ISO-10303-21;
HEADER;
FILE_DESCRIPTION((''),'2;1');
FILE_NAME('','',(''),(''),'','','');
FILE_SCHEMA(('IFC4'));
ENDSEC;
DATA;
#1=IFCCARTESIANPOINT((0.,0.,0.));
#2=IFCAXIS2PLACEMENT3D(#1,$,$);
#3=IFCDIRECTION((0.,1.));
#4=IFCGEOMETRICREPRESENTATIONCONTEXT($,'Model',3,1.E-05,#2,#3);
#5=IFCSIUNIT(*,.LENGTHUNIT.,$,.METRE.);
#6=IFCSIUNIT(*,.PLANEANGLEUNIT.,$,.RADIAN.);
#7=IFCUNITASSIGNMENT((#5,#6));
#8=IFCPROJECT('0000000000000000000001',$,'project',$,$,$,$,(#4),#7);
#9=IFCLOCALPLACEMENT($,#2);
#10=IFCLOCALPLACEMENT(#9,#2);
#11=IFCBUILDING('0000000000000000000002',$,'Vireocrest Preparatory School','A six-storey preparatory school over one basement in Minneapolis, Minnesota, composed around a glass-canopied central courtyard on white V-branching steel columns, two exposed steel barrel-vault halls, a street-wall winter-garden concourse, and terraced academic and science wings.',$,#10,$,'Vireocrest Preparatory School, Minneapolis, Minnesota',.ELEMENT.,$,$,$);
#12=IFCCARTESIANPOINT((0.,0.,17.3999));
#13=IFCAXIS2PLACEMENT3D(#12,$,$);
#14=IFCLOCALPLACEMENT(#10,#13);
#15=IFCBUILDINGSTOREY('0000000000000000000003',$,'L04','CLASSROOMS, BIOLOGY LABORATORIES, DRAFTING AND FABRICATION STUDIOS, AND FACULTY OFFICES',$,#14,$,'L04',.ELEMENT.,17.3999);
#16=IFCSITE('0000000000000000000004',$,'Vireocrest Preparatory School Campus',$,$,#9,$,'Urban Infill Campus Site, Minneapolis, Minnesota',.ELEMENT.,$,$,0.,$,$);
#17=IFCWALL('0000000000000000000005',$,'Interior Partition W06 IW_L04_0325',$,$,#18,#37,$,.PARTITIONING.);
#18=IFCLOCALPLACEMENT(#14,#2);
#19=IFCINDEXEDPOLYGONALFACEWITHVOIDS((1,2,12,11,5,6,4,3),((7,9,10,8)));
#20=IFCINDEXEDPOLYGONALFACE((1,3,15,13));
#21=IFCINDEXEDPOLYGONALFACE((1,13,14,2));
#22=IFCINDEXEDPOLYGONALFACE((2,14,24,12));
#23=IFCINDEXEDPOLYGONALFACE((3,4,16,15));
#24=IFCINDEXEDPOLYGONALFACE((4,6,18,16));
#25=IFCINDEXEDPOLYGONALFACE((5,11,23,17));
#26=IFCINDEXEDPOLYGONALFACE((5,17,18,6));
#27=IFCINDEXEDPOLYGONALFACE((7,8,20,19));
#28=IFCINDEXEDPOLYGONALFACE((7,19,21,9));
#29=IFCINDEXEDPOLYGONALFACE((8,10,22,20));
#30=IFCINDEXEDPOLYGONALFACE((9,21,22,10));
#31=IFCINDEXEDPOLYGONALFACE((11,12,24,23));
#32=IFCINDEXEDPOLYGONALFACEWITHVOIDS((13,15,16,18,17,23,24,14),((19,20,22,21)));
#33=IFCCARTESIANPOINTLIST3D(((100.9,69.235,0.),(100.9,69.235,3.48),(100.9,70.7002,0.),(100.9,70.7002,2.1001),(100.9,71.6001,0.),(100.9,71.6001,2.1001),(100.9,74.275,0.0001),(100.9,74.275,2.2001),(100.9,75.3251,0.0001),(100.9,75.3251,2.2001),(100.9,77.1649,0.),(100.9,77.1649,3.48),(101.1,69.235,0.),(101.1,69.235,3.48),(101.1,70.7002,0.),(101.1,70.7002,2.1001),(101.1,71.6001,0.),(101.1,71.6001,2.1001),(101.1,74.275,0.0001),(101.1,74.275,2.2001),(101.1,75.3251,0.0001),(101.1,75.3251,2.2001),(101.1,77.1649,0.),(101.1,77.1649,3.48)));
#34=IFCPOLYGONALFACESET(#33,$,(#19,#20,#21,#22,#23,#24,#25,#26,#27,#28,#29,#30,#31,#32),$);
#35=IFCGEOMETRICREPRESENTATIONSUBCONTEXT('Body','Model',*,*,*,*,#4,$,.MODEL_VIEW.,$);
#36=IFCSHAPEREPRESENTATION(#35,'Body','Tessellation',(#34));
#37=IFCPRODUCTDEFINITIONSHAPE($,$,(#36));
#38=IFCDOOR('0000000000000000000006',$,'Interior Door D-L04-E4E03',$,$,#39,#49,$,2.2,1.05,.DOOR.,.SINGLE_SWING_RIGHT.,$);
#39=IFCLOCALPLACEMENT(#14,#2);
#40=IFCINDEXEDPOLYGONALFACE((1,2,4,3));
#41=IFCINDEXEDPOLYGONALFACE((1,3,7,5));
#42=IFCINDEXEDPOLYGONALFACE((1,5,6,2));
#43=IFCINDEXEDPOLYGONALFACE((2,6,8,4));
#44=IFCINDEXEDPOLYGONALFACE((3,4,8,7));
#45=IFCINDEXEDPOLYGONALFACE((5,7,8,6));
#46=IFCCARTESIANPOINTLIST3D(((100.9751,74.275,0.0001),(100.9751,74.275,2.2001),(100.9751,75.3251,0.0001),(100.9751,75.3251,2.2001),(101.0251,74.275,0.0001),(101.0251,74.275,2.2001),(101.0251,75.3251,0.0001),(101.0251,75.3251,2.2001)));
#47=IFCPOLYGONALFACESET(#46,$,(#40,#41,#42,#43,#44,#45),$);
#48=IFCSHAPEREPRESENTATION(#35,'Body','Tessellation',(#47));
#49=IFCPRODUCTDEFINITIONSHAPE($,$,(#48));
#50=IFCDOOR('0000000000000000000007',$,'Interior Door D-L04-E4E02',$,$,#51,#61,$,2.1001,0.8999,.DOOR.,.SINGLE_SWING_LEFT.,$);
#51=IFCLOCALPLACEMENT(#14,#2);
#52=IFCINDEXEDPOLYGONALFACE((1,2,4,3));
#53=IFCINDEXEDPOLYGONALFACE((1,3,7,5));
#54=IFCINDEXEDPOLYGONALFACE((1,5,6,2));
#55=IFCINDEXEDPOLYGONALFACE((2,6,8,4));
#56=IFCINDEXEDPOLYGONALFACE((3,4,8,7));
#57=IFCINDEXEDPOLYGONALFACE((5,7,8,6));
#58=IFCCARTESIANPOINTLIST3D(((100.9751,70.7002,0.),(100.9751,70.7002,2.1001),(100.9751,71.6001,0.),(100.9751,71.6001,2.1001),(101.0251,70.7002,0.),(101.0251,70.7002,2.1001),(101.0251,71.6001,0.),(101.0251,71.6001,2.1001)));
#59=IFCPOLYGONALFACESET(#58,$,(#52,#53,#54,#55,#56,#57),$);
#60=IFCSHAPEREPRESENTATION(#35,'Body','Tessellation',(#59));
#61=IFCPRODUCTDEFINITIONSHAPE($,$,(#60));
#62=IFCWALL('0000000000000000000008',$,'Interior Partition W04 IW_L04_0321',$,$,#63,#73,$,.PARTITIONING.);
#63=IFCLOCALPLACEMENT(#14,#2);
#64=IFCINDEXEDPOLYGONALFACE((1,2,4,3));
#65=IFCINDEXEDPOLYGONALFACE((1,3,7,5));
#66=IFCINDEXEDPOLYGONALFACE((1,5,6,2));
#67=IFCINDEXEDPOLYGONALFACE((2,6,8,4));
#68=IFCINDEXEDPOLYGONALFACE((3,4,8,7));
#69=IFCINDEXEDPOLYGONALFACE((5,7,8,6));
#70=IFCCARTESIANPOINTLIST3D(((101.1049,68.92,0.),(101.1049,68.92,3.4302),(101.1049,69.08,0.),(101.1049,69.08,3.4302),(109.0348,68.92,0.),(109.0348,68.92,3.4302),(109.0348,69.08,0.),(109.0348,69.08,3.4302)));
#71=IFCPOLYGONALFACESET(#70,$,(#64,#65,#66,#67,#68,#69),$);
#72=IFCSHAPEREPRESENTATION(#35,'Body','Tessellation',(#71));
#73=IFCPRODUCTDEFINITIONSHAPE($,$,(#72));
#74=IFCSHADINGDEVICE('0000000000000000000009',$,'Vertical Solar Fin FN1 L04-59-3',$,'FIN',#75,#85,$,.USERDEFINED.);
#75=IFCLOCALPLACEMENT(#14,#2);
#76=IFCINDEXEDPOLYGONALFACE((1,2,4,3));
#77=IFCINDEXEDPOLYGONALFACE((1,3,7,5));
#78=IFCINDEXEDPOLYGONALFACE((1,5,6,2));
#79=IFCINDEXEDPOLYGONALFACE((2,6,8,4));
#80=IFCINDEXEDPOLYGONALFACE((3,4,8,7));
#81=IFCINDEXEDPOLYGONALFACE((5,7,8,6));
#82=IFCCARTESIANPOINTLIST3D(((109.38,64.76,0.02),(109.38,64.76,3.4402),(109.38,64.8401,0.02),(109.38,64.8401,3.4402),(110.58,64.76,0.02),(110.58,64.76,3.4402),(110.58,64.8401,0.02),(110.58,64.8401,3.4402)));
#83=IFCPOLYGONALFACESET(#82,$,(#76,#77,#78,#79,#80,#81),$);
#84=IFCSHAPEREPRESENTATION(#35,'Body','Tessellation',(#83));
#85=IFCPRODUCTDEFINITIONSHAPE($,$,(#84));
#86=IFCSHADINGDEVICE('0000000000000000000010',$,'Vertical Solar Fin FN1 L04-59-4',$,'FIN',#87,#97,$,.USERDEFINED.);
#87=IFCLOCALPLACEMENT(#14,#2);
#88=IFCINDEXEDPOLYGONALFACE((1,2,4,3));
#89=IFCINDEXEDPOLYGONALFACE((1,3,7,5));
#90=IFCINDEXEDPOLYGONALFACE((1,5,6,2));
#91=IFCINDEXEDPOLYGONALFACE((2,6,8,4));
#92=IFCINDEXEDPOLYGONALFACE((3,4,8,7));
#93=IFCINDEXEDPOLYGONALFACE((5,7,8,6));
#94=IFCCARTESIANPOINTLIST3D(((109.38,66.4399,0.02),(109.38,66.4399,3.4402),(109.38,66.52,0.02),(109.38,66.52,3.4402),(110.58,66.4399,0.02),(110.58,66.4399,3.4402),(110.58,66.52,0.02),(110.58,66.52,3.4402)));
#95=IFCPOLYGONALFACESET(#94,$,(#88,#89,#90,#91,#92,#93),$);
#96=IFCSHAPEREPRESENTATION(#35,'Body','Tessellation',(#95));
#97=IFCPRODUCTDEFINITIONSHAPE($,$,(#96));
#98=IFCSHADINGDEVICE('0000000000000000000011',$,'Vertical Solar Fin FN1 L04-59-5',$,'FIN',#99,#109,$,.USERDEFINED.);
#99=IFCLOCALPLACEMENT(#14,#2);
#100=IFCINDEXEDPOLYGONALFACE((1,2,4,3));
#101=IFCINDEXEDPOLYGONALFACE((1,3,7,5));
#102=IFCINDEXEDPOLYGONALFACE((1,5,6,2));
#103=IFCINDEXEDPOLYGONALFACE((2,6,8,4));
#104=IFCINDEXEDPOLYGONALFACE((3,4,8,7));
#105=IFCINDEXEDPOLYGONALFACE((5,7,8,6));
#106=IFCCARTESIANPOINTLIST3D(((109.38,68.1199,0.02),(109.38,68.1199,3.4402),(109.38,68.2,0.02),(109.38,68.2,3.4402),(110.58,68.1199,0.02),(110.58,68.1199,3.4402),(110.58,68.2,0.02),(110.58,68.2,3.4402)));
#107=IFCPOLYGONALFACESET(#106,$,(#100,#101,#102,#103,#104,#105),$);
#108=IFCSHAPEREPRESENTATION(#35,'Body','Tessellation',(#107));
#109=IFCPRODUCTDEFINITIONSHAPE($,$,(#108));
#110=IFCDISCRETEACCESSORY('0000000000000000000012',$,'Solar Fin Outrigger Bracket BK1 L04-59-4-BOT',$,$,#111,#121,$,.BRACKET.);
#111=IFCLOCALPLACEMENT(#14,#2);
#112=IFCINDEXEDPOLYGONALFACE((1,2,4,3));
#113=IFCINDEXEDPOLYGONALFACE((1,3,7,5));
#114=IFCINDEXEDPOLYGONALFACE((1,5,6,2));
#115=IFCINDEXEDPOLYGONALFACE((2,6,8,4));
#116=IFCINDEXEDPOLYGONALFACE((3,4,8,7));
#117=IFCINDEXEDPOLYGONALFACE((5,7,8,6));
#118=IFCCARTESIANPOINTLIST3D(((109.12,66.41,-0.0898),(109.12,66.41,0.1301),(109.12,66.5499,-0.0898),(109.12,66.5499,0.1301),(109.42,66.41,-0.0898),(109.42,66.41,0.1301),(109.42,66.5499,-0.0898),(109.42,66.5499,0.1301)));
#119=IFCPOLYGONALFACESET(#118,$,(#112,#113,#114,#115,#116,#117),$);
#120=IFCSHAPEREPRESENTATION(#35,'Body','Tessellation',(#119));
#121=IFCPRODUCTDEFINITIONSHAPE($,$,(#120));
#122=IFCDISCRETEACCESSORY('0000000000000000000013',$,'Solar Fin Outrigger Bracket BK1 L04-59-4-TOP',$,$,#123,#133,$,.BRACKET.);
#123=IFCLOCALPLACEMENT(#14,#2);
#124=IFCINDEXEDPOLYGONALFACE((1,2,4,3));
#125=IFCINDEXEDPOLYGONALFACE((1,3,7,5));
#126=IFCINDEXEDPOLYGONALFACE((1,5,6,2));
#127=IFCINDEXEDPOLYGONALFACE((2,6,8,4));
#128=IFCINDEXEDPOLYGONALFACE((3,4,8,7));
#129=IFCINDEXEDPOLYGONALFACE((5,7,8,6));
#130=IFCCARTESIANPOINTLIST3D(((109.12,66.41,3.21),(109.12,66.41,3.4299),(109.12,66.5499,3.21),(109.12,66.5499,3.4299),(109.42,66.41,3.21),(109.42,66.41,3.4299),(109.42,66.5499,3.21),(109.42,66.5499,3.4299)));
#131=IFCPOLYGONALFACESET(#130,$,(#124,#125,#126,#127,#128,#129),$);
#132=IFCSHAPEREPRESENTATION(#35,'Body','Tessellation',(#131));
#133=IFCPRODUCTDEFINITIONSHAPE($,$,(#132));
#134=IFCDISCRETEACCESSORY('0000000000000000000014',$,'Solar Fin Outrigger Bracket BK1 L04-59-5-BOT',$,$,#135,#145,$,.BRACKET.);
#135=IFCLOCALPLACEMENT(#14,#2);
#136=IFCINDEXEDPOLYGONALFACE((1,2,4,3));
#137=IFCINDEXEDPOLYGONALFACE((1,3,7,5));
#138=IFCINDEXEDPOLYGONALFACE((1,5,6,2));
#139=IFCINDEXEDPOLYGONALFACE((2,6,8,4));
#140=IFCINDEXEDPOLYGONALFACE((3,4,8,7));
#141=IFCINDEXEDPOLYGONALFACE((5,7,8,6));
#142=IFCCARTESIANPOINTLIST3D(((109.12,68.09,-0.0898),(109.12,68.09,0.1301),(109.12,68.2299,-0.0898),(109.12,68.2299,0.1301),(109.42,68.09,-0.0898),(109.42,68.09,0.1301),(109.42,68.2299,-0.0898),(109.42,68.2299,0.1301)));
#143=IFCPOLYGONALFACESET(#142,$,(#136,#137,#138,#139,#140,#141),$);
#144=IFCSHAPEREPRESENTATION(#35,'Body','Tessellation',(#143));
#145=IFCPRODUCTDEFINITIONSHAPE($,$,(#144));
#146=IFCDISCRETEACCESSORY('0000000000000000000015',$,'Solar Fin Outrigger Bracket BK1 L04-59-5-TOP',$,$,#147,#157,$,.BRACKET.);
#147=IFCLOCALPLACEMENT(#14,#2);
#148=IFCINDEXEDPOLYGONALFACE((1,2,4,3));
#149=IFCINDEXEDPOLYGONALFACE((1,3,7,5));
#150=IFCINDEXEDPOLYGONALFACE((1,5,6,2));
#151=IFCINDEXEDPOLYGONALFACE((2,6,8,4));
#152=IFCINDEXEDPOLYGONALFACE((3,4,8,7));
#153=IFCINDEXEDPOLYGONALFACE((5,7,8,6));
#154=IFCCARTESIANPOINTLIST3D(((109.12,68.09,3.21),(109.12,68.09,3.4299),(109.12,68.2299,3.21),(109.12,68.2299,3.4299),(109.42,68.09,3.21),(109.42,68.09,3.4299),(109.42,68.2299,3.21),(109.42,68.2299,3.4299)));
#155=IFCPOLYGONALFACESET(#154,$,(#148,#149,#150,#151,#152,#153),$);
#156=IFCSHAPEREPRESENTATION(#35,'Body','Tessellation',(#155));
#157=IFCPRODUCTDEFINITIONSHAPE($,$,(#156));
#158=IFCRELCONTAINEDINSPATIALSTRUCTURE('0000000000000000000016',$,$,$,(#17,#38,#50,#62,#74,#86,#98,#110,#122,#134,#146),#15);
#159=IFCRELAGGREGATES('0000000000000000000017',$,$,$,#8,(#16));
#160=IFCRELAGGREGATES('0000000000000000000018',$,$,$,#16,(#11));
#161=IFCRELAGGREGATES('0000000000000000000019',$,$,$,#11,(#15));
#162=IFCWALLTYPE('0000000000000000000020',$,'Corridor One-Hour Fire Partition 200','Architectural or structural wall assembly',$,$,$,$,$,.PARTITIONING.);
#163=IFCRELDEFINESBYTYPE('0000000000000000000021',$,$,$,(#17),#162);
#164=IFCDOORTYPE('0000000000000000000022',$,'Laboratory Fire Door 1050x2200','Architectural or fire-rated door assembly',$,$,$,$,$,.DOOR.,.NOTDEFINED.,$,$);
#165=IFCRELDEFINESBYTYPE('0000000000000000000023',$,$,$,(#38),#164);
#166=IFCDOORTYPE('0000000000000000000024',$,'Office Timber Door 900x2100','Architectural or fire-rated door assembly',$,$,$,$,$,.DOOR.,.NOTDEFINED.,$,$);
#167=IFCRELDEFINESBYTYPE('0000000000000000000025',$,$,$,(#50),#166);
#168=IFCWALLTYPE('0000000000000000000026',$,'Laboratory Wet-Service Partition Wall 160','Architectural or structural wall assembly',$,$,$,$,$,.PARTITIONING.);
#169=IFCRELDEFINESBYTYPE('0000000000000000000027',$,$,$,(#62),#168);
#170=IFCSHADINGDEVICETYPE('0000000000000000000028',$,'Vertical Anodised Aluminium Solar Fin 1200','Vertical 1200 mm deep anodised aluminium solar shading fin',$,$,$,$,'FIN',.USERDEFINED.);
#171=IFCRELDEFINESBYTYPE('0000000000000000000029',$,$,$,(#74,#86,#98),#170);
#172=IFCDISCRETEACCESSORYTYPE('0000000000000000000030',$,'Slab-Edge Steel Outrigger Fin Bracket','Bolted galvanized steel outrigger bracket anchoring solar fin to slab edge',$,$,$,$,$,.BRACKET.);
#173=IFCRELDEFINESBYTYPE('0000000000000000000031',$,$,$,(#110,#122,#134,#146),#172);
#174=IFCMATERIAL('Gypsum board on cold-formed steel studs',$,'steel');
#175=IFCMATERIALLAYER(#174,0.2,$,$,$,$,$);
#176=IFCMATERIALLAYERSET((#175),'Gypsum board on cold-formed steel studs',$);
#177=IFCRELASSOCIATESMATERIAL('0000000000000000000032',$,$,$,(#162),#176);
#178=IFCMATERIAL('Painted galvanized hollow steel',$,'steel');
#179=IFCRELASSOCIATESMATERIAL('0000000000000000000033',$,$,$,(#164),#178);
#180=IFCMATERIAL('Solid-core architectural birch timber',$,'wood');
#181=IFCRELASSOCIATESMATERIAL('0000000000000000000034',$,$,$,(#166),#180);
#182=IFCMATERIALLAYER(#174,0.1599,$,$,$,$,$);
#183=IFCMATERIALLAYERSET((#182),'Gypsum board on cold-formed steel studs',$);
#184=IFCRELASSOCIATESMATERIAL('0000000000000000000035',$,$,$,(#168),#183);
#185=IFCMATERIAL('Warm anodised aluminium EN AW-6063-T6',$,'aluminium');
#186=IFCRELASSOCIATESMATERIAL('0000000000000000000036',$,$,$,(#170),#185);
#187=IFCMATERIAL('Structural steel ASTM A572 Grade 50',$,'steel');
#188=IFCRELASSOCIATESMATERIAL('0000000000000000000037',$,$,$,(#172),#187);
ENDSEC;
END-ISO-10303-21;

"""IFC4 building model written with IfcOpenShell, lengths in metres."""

from ifc_helpers import new_model, si_unit, direction, frame, frame_2d, origin, origin_2d, place, context, subcontext, project, spatial, rectangle, extrude, material, layer, layer_set, material_profile, profile_set, type_object, element, fill, save


model = new_model("IFC4")

# Units and contexts
model_context = context("Model", 3, precision=1e-05, world=origin(), true_north=direction((0.0, 1.0)))
body_context = subcontext(model_context, "Body", "Model", "MODEL_VIEW")
ifc_project = project(units=[si_unit("LENGTHUNIT", "METRE"), si_unit("PLANEANGLEUNIT", "RADIAN")], contexts=[model_context])

# Site, building, storey
site_placement = place(None, origin())
site = spatial("IfcSite", under=ifc_project, at=site_placement, Name="Vireocrest Preparatory School Campus", LongName="Urban Infill Campus Site, Minneapolis, Minnesota", CompositionType="ELEMENT", RefElevation=0.0)
building_placement = place(site_placement, origin())
building = spatial("IfcBuilding", under=site, at=building_placement, Name="Vireocrest Preparatory School", Description="A six-storey preparatory school over one basement in Minneapolis, Minnesota, composed around a glass-canopied central courtyard on white V-branching steel columns, two exposed steel barrel-vault halls, a street-wall winter-garden concourse, and terraced academic and science wings.", LongName="Vireocrest Preparatory School, Minneapolis, Minnesota", CompositionType="ELEMENT")
storey_placement = place(building_placement, frame((0.0, 0.0, 17.3999)))
storey = spatial("IfcBuildingStorey", under=building, at=storey_placement, Name="L04", Description="CLASSROOMS, BIOLOGY LABORATORIES, DRAFTING AND FABRICATION STUDIOS, AND FACULTY OFFICES", LongName="L04", CompositionType="ELEMENT", Elevation=17.3999)

# Wall, openings, doors
ifc_material_1 = material(Name="Gypsum board on cold-formed steel studs", Category="steel")
ifc_layer_1 = layer(ifc_material_1, 0.2)
ifc_layer_set_1 = layer_set([ifc_layer_1], Name="Gypsum board on cold-formed steel studs")
wall_type_1 = type_object("IfcWallType", Name="Corridor One-Hour Fire Partition 200", Description="Architectural or structural wall assembly", PredefinedType="PARTITIONING", material=ifc_layer_set_1)
wall_1_placement = place(storey_placement, frame((101.0, 69.2351, 0.0), z_axis=(0.0, 0.0, 1.0), x_axis=(0.0, 1.0, 0.0)))
wall_1 = element("IfcWall", 1, at=wall_1_placement, inside=storey, type_object=wall_type_1, Name="Interior Partition W06 IW_L04_0325", PredefinedType="PARTITIONING", context=body_context, shape_type="SweptSolid", body=[
    extrude(rectangle(XDim=7.9299, YDim=0.2, at=frame_2d((3.9648, 0.0))), origin(), (0.0, 0.0, 1.0), 3.48),
])
opening_1_placement = place(wall_1_placement, frame((1.4651, 0.0, 0.0)))
opening_1 = element("IfcOpeningElement", 2, at=opening_1_placement, cuts=wall_1, PredefinedType="OPENING", context=body_context, shape_type="SweptSolid", body=[
    extrude(rectangle(XDim=0.8999, YDim=2.1001, at=frame_2d((0.45, 1.05))), frame((0.0, 0.1099, 0.0), z_axis=(0.0, -1.0, 0.0), x_axis=(1.0, 0.0, 0.0)), (0.0, 0.0, 1.0), 0.22),
])
opening_2_placement = place(wall_1_placement, frame((5.04, 0.0, 0.0)))
opening_2 = element("IfcOpeningElement", 3, at=opening_2_placement, cuts=wall_1, PredefinedType="OPENING", context=body_context, shape_type="SweptSolid", body=[
    extrude(rectangle(XDim=1.05, YDim=2.2, at=frame_2d((0.5249, 1.1001))), frame((0.0, 0.1099, 0.0), z_axis=(0.0, -1.0, 0.0), x_axis=(1.0, 0.0, 0.0)), (0.0, 0.0, 1.0), 0.22),
])
ifc_material_2 = material(Name="Painted galvanized hollow steel", Category="steel")
door_type_1 = type_object("IfcDoorType", Name="Laboratory Fire Door 1050x2200", Description="Architectural or fire-rated door assembly", OperationType="NOTDEFINED", PredefinedType="DOOR", material=ifc_material_2)
door_1_placement = place(opening_2_placement, origin())
door_1 = element("IfcDoor", 4, at=door_1_placement, inside=storey, type_object=door_type_1, Name="Interior Door D-L04-E4E03", OperationType="SINGLE_SWING_RIGHT", OverallHeight=2.2, OverallWidth=1.05, PredefinedType="DOOR", context=body_context, shape_type="SweptSolid", body=[
    extrude(rectangle(XDim=1.05, YDim=2.2, at=frame_2d((0.5249, 1.1001))), frame((0.0, 0.0249, 0.0), z_axis=(0.0, -1.0, 0.0), x_axis=(1.0, 0.0, 0.0)), (0.0, 0.0, 1.0), 0.05),
])
fill(opening_2, door_1)
ifc_material_3 = material(Name="Solid-core architectural birch timber", Category="wood")
door_type_2 = type_object("IfcDoorType", Name="Office Timber Door 900x2100", Description="Architectural or fire-rated door assembly", OperationType="NOTDEFINED", PredefinedType="DOOR", material=ifc_material_3)
door_2_placement = place(opening_1_placement, origin())
door_2 = element("IfcDoor", 5, at=door_2_placement, inside=storey, type_object=door_type_2, Name="Interior Door D-L04-E4E02", OperationType="SINGLE_SWING_LEFT", OverallHeight=2.1001, OverallWidth=0.8999, PredefinedType="DOOR", context=body_context, shape_type="SweptSolid", body=[
    extrude(rectangle(XDim=0.8999, YDim=2.1001, at=frame_2d((0.45, 1.05))), frame((0.0, 0.0249, 0.0), z_axis=(0.0, -1.0, 0.0), x_axis=(1.0, 0.0, 0.0)), (0.0, 0.0, 1.0), 0.05),
])
fill(opening_1, door_2)

# Wall
ifc_layer_2 = layer(ifc_material_1, 0.1599)
ifc_layer_set_2 = layer_set([ifc_layer_2], Name="Gypsum board on cold-formed steel studs")
wall_type_2 = type_object("IfcWallType", Name="Laboratory Wet-Service Partition Wall 160", Description="Architectural or structural wall assembly", PredefinedType="PARTITIONING", material=ifc_layer_set_2)
wall_2_placement = place(storey_placement, frame((101.105, 69.0, 0.0), z_axis=(0.0, 0.0, 1.0), x_axis=(1.0, 0.0, 0.0)))
element("IfcWall", 6, at=wall_2_placement, inside=storey, type_object=wall_type_2, Name="Interior Partition W04 IW_L04_0321", PredefinedType="PARTITIONING", context=body_context, shape_type="SweptSolid", body=[
    extrude(rectangle(XDim=7.9299, YDim=0.1599, at=frame_2d((3.9648, 0.0))), origin(), (0.0, 0.0, 1.0), 3.4302),
])

# Shading devices
ifc_material_4 = material(Name="Warm anodised aluminium EN AW-6063-T6", Category="aluminium")
ifc_material_profile_1 = material_profile(ifc_material_4, rectangle(XDim=0.0801, YDim=1.2, at=origin_2d()), Name="FIN 80x1200")
ifc_profile_set_1 = profile_set([ifc_material_profile_1], Name="Warm anodised aluminium EN AW-6063-T6")
shading_device_type = type_object("IfcShadingDeviceType", Name="Vertical Anodised Aluminium Solar Fin 1200", Description="Vertical 1200 mm deep anodised aluminium solar shading fin", ElementType="FIN", PredefinedType="USERDEFINED", material=ifc_profile_set_1)
for number, where, z_axis, x_axis, name in (
    (7, (109.98, 64.8, 0.02), (0.0, 0.0, 1.0), (0.0, -1.0, 0.0), "Vertical Solar Fin FN1 L04-59-3"),
    (8, (109.98, 66.48, 0.02), (0.0, 0.0, 1.0), (0.0, -1.0, 0.0), "Vertical Solar Fin FN1 L04-59-4"),
    (9, (109.98, 68.1599, 0.02), (0.0, 0.0, 1.0), (0.0, -1.0, 0.0), "Vertical Solar Fin FN1 L04-59-5"),
):
    element("IfcShadingDevice", number, at=place(storey_placement, frame(where, z_axis=z_axis, x_axis=x_axis)), inside=storey, type_object=shading_device_type, Name=name, ObjectType="FIN", PredefinedType="USERDEFINED", context=body_context, shape_type="SweptSolid", body=[
        extrude(rectangle(XDim=0.0801, YDim=1.2, at=origin_2d()), origin(), (0.0, 0.0, 1.0), 3.4202),
    ])

# Discrete accessories
ifc_material_5 = material(Name="Structural steel ASTM A572 Grade 50", Category="steel")
discrete_accessory_type = type_object("IfcDiscreteAccessoryType", Name="Slab-Edge Steel Outrigger Fin Bracket", Description="Bolted galvanized steel outrigger bracket anchoring solar fin to slab edge", PredefinedType="BRACKET", material=ifc_material_5)
for number, where, z_axis, x_axis, name in (
    (10, (109.27, 66.48, -0.0898), (0.0, 0.0, 1.0), (0.0, -1.0, 0.0), "Solar Fin Outrigger Bracket BK1 L04-59-4-BOT"),
    (11, (109.27, 66.48, 3.21), (0.0, 0.0, 1.0), (0.0, -1.0, 0.0), "Solar Fin Outrigger Bracket BK1 L04-59-4-TOP"),
    (12, (109.27, 68.1599, -0.0898), (0.0, 0.0, 1.0), (0.0, -1.0, 0.0), "Solar Fin Outrigger Bracket BK1 L04-59-5-BOT"),
    (13, (109.27, 68.1599, 3.21), (0.0, 0.0, 1.0), (0.0, -1.0, 0.0), "Solar Fin Outrigger Bracket BK1 L04-59-5-TOP"),
):
    element("IfcDiscreteAccessory", number, at=place(storey_placement, frame(where, z_axis=z_axis, x_axis=x_axis)), inside=storey, type_object=discrete_accessory_type, Name=name, PredefinedType="BRACKET", context=body_context, shape_type="SweptSolid", body=[
        extrude(rectangle(XDim=0.1399, YDim=0.3, at=origin_2d()), origin(), (0.0, 0.0, 1.0), 0.22),
    ])

save(model, "model.ifc")
